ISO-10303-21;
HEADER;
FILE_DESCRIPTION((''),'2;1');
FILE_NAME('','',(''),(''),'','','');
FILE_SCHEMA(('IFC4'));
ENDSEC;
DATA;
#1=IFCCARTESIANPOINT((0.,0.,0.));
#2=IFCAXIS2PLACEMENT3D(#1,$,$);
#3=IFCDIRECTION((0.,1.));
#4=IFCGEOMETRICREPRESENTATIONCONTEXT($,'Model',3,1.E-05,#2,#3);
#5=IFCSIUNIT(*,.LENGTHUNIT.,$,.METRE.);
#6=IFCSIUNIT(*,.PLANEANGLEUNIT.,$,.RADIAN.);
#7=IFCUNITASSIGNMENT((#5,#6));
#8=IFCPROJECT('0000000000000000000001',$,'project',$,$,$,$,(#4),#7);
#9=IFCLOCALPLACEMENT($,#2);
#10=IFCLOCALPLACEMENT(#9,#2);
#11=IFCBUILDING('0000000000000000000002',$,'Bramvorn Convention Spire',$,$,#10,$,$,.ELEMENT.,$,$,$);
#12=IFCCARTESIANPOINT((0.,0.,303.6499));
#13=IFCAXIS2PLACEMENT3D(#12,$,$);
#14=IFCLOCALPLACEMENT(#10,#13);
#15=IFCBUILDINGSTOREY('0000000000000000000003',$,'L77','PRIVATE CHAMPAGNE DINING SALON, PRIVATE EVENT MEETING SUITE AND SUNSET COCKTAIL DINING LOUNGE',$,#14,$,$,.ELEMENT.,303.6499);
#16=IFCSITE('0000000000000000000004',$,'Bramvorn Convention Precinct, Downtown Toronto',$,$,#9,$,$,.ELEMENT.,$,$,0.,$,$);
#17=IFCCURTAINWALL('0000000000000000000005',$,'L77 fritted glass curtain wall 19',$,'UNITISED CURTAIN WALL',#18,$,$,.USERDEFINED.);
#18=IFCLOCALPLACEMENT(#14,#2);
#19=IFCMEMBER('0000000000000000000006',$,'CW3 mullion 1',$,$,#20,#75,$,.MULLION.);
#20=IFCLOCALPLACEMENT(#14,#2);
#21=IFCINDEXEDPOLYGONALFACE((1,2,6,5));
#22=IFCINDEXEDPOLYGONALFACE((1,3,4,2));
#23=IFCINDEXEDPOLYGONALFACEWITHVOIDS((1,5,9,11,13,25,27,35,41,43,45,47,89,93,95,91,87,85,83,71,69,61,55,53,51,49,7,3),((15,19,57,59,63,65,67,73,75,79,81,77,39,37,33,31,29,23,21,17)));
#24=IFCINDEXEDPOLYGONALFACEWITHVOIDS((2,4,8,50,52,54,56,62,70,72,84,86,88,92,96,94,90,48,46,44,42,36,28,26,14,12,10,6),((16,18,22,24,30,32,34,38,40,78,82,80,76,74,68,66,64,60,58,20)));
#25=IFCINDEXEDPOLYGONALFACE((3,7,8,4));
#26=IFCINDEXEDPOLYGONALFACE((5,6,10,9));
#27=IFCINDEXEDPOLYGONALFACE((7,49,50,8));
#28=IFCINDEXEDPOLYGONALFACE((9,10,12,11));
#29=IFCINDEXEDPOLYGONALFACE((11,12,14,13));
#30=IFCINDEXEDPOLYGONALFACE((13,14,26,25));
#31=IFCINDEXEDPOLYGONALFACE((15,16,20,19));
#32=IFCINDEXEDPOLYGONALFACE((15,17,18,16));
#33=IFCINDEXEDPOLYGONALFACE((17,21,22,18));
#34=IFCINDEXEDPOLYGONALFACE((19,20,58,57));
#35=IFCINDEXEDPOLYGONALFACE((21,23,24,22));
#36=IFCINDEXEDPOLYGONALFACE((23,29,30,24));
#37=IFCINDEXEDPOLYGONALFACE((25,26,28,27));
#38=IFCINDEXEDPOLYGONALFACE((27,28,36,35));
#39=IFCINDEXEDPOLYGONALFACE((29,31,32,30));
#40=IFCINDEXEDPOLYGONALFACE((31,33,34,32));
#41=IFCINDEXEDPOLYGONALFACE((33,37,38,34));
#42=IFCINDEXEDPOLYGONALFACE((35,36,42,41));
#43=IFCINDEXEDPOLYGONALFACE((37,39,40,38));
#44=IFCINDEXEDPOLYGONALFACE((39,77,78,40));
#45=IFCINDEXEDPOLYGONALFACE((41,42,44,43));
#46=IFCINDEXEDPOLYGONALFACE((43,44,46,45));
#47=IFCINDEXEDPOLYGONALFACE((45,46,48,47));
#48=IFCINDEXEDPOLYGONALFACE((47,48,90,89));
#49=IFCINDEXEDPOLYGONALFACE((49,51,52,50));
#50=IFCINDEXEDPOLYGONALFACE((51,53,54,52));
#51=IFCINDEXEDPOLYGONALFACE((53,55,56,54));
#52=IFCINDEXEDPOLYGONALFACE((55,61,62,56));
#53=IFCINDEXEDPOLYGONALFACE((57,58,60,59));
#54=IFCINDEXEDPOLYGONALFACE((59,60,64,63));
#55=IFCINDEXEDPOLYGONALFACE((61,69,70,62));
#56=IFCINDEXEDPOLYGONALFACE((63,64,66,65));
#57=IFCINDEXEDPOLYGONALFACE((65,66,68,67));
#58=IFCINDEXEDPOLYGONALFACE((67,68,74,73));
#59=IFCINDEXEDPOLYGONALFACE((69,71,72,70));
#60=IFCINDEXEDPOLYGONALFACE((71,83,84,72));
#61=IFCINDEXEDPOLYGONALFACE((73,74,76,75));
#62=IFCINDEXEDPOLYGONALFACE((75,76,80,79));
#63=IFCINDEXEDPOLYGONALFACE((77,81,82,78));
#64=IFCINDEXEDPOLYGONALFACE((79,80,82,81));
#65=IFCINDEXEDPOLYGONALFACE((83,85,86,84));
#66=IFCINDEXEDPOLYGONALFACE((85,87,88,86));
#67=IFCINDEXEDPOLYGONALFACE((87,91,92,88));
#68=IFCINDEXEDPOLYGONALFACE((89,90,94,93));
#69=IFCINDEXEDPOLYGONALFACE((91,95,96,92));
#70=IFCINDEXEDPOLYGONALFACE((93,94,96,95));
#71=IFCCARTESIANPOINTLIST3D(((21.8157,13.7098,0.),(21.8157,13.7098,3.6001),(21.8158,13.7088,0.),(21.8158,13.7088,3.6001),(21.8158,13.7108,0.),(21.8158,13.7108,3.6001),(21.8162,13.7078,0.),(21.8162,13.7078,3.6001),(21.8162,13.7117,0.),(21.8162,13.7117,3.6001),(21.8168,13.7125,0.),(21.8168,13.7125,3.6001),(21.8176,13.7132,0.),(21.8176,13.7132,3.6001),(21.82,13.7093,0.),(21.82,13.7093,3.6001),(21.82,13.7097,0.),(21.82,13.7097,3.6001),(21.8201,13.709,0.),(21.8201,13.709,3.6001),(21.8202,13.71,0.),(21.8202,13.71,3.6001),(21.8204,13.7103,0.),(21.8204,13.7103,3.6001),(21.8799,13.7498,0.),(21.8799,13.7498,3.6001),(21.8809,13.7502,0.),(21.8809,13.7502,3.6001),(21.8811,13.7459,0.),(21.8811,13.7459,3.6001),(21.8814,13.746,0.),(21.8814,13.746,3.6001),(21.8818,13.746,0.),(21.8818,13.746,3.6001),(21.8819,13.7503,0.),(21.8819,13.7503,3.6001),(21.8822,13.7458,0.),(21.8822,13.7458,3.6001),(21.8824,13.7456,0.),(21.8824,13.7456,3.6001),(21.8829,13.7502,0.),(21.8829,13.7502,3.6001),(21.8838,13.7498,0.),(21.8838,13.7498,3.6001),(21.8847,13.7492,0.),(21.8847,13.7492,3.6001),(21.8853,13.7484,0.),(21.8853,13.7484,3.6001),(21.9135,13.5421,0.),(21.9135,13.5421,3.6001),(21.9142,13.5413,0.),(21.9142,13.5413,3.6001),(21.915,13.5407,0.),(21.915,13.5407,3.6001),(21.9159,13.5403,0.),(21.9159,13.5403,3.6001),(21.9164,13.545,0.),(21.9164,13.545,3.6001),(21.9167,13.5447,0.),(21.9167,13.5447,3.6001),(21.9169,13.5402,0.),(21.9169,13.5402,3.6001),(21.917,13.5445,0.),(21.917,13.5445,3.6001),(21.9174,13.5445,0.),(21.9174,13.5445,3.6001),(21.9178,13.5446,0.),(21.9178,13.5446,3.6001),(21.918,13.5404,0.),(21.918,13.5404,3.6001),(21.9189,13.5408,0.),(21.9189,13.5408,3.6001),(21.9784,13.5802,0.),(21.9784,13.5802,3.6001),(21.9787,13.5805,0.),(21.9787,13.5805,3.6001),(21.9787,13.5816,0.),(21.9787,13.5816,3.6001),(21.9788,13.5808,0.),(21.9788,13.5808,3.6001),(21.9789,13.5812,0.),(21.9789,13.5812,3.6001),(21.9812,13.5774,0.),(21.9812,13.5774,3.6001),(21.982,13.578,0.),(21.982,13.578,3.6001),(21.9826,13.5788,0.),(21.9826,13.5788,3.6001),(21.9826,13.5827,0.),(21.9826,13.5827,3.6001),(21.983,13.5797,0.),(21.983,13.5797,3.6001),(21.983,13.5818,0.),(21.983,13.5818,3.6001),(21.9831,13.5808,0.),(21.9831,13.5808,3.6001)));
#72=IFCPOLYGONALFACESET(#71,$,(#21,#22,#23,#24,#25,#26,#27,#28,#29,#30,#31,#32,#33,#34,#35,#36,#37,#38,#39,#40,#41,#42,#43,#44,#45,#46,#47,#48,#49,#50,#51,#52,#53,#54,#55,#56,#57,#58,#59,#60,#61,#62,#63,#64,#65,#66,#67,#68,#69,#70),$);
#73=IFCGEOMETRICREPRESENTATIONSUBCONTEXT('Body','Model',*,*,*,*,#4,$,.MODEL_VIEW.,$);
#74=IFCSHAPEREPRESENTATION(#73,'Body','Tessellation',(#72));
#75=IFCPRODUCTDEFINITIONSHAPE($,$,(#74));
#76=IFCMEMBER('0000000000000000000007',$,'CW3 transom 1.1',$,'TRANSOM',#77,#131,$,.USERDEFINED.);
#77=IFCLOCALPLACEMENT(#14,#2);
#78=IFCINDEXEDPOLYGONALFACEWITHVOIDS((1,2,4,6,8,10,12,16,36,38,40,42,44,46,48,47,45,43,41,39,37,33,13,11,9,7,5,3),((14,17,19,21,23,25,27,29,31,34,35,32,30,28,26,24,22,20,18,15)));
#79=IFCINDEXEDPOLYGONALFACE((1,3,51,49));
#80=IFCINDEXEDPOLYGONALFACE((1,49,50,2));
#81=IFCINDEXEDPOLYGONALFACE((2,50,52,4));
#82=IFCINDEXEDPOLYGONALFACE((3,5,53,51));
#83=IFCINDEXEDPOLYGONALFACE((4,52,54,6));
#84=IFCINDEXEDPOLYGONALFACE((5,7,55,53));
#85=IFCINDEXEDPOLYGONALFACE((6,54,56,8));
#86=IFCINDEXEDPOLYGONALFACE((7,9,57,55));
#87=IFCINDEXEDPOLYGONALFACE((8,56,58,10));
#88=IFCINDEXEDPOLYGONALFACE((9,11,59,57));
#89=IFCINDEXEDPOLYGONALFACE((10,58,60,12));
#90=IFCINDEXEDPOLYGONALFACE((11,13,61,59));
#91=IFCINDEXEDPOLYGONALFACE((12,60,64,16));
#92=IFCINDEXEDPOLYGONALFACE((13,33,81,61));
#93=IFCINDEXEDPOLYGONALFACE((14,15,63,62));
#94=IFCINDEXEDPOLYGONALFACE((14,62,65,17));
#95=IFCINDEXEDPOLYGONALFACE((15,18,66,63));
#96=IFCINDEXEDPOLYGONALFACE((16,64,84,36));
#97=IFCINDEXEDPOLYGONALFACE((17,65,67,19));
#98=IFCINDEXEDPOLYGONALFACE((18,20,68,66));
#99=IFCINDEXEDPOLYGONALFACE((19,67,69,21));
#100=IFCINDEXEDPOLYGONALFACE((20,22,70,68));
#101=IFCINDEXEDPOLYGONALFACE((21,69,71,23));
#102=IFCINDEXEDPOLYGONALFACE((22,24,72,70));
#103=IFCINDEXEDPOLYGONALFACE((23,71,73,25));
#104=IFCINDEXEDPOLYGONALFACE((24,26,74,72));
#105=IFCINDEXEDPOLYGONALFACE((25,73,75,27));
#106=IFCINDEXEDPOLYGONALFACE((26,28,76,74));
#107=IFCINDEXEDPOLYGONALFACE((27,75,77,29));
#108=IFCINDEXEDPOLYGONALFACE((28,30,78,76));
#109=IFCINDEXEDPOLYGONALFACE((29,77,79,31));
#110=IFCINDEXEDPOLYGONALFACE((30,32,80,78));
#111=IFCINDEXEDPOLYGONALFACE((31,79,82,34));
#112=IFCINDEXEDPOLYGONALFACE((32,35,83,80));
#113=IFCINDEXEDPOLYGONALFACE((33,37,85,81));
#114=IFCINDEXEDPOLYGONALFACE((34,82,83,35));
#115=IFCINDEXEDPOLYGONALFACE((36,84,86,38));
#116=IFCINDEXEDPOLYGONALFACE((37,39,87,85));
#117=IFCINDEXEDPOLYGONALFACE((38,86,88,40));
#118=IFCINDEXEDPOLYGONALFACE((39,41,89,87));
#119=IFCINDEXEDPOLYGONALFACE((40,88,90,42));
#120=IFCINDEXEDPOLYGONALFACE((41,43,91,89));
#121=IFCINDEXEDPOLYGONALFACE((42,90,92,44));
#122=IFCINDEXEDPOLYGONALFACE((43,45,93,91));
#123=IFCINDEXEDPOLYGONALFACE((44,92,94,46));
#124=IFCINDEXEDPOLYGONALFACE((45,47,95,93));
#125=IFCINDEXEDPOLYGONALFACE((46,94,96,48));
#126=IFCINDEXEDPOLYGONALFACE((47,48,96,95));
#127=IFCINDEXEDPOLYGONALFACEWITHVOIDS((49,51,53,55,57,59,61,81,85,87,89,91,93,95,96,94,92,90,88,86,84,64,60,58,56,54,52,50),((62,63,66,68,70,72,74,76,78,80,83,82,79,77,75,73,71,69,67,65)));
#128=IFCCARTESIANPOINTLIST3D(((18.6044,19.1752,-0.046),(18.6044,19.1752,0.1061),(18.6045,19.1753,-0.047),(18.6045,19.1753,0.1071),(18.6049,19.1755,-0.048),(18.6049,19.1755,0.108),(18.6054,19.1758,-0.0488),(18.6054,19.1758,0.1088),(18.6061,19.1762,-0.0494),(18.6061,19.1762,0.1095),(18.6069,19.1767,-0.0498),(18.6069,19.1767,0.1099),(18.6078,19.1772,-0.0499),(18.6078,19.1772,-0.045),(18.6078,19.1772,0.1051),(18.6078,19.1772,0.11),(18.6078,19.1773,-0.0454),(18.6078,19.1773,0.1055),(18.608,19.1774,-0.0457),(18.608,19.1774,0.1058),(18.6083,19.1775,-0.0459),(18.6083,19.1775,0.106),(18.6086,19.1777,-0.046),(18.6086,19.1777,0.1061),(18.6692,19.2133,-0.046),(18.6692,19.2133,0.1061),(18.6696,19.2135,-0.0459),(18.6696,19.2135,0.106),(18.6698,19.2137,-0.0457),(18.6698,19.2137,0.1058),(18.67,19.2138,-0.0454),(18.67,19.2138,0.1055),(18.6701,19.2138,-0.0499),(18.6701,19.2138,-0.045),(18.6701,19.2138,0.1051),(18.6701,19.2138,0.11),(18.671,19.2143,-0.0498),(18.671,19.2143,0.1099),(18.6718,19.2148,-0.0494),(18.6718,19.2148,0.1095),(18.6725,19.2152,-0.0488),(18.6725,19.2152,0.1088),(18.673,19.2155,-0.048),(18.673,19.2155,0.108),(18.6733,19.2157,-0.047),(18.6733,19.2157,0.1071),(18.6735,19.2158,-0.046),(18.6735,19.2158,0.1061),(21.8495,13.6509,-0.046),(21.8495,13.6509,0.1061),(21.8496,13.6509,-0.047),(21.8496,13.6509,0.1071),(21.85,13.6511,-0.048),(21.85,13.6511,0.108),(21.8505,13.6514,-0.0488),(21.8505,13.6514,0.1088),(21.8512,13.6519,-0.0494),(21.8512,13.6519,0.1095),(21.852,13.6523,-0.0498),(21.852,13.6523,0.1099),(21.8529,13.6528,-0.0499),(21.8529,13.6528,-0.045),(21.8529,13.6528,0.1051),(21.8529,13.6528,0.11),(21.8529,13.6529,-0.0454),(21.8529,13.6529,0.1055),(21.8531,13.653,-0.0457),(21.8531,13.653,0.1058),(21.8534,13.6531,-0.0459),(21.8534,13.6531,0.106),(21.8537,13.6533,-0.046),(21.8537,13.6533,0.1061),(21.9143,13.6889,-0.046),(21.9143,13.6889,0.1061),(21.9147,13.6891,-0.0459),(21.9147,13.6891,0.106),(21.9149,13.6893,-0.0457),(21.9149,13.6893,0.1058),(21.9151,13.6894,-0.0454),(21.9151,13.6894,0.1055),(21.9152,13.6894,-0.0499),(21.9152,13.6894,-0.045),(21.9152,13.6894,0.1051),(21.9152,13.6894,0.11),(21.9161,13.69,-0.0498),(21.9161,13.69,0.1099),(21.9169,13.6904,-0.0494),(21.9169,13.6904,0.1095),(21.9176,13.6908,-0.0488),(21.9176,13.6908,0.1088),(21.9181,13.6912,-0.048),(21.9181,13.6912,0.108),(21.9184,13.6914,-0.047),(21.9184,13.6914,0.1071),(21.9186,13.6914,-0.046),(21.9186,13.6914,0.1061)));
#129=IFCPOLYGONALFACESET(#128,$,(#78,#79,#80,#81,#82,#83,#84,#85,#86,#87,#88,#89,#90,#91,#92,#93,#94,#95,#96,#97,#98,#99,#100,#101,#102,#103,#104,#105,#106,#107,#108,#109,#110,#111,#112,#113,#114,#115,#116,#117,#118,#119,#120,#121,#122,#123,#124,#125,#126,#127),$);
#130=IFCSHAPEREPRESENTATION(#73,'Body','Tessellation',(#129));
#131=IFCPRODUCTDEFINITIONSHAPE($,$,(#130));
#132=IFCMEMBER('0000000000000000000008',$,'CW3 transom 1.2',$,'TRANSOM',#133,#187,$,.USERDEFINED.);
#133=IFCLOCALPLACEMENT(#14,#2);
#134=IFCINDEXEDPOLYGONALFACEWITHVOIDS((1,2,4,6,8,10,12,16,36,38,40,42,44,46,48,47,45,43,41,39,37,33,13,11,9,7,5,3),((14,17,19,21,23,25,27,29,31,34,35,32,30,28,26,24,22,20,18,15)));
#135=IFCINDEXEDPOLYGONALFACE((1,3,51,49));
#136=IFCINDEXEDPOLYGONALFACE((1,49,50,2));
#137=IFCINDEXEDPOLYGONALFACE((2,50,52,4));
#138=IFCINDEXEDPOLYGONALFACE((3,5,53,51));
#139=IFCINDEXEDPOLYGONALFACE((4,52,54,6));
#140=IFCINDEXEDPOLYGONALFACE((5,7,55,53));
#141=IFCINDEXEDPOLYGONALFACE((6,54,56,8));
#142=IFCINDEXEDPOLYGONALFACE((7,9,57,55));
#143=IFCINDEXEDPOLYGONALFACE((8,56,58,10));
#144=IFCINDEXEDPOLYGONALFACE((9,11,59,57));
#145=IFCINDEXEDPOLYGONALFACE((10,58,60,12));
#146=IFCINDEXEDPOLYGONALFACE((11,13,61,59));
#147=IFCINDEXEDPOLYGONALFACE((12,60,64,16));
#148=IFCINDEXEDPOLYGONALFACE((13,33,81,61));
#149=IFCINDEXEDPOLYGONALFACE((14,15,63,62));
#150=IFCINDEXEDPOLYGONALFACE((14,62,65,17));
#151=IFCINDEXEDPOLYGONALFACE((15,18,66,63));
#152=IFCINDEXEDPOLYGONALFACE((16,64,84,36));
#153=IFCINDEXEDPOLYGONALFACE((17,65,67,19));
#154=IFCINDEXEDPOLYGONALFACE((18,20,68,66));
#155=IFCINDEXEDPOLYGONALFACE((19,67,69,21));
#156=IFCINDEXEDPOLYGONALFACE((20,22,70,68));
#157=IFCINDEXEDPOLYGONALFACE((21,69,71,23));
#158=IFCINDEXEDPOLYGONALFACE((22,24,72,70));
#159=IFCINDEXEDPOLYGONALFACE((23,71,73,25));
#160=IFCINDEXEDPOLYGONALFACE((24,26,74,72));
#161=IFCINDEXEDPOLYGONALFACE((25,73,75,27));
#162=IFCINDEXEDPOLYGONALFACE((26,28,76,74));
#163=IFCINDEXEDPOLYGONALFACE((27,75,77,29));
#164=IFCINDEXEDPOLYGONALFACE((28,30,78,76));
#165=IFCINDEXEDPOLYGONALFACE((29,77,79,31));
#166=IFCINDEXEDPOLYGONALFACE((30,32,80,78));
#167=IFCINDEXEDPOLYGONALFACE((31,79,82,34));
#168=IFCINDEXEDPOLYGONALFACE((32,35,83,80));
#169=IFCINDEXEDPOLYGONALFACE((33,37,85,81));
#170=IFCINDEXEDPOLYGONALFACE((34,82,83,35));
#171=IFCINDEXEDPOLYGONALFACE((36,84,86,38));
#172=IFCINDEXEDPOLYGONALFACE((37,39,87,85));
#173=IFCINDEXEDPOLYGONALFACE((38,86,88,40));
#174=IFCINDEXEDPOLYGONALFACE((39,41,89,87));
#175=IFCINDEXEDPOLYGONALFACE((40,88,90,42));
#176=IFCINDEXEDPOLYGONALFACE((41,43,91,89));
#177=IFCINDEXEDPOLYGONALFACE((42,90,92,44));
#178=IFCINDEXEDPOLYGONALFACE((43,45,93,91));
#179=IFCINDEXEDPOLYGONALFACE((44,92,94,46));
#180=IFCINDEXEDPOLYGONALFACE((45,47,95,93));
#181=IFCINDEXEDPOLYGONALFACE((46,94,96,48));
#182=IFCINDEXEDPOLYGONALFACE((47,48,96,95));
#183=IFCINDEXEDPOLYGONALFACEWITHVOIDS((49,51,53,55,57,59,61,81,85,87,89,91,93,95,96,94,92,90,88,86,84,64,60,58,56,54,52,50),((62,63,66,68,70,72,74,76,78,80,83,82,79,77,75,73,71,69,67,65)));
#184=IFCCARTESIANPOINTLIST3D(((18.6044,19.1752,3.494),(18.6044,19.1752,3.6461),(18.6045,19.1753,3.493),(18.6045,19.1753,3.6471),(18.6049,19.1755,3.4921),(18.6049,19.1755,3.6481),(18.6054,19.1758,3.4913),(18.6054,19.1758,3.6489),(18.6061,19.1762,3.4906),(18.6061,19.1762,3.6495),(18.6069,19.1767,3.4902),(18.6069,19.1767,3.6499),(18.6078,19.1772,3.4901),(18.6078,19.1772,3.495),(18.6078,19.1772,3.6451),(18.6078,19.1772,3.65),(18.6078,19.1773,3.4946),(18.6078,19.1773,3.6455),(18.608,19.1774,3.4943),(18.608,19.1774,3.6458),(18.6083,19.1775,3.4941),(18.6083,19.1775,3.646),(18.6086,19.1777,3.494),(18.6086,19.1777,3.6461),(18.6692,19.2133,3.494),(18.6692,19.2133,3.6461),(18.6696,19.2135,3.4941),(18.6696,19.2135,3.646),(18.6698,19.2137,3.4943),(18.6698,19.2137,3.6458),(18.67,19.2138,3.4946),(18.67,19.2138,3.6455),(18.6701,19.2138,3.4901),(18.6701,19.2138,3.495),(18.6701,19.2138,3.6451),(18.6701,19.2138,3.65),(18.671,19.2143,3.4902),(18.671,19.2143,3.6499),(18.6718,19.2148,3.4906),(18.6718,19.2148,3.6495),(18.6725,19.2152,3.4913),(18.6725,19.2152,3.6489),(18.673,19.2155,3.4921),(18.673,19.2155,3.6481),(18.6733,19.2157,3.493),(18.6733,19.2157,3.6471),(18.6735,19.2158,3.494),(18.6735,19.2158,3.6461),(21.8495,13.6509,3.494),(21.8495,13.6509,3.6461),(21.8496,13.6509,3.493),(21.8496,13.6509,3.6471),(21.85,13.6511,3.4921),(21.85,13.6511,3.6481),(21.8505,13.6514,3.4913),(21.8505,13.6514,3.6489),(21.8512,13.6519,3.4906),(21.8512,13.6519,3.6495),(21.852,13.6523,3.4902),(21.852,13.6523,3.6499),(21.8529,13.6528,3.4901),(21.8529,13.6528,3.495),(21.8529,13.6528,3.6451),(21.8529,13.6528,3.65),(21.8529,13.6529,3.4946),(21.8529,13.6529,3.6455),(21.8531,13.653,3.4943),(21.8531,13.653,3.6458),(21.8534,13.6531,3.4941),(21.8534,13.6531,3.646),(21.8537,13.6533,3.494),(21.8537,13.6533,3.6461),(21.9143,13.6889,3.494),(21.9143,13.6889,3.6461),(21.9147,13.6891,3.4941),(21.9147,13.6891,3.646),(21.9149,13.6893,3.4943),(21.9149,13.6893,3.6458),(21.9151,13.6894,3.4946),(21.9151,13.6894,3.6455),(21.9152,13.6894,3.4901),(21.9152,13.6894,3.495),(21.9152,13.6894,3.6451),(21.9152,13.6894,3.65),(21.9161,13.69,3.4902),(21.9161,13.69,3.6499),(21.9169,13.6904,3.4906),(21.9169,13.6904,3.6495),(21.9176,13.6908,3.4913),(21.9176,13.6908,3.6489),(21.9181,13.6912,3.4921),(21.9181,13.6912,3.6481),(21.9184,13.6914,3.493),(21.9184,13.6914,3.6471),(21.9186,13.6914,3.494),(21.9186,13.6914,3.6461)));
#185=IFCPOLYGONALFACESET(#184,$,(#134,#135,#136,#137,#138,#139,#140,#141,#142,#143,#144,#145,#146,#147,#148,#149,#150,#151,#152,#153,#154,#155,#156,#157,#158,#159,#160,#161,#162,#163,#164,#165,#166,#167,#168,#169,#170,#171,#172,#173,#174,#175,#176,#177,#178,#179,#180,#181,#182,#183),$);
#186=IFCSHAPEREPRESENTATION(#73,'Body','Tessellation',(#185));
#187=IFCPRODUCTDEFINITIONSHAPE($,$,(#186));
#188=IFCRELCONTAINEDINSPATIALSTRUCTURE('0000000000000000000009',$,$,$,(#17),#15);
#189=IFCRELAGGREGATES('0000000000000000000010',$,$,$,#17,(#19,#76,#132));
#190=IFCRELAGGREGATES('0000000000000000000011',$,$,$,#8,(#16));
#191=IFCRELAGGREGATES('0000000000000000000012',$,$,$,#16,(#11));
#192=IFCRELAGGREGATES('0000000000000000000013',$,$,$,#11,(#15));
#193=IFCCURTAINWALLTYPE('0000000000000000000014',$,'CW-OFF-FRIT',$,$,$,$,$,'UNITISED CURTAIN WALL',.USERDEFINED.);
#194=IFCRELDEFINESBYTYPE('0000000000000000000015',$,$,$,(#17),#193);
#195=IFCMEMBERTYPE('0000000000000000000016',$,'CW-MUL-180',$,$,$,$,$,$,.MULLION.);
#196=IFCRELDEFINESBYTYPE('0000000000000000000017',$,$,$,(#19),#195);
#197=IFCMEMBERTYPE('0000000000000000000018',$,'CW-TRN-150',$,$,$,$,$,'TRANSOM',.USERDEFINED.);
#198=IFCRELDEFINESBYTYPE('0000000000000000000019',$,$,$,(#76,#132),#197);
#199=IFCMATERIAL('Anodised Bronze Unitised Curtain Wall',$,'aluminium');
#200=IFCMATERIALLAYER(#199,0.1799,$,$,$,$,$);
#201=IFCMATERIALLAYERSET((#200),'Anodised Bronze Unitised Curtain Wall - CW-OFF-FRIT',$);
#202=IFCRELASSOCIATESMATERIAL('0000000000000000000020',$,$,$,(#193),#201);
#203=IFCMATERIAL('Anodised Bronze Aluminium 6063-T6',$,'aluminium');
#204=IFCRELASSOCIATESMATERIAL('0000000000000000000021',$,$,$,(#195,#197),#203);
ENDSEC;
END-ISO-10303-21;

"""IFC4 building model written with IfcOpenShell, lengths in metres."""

from ifc_helpers import new_model, si_unit, direction, frame, origin, origin_2d, place, context, subcontext, project, spatial, hollow_rectangle, extrude, material, layer, layer_set, material_profile, profile_set, type_object, element, aggregate, save


model = new_model("IFC4")

# Units and contexts
model_context = context("Model", 3, precision=1e-05, world=origin(), true_north=direction((0.0, 1.0)))
body_context = subcontext(model_context, "Body", "Model", "MODEL_VIEW")
ifc_project = project(units=[si_unit("LENGTHUNIT", "METRE"), si_unit("PLANEANGLEUNIT", "RADIAN")], contexts=[model_context])

# Site, building, storey
site_placement = place(None, origin())
site = spatial("IfcSite", under=ifc_project, at=site_placement, Name="Bramvorn Convention Precinct, Downtown Toronto", CompositionType="ELEMENT", RefElevation=0.0)
building_placement = place(site_placement, origin())
building = spatial("IfcBuilding", under=site, at=building_placement, Name="Bramvorn Convention Spire", CompositionType="ELEMENT")
storey_placement = place(building_placement, frame((0.0, 0.0, 303.6499)))
storey = spatial("IfcBuildingStorey", under=building, at=storey_placement, Name="L77", Description="PRIVATE CHAMPAGNE DINING SALON, PRIVATE EVENT MEETING SUITE AND SUNSET COCKTAIL DINING LOUNGE", CompositionType="ELEMENT", Elevation=303.6499)

# Curtain wall, members
ifc_material_1 = material(Name="Anodised Bronze Unitised Curtain Wall", Category="aluminium")
ifc_layer_1 = layer(ifc_material_1, 0.1799)
ifc_layer_set_1 = layer_set([ifc_layer_1], Name="Anodised Bronze Unitised Curtain Wall - CW-OFF-FRIT")
curtain_wall_type = type_object("IfcCurtainWallType", Name="CW-OFF-FRIT", ElementType="UNITISED CURTAIN WALL", PredefinedType="USERDEFINED", material=ifc_layer_set_1)
curtain_wall_placement = place(storey_placement, origin())
curtain_wall = element("IfcCurtainWall", 1, at=curtain_wall_placement, inside=storey, type_object=curtain_wall_type, Name="L77 fritted glass curtain wall 19", ObjectType="UNITISED CURTAIN WALL", PredefinedType="USERDEFINED")
ifc_material_2 = material(Name="Anodised Bronze Aluminium 6063-T6", Category="aluminium")
ifc_material_profile_1 = material_profile(ifc_material_2, hollow_rectangle(XDim=0.0801, YDim=0.2, WallThickness=0.0039, InnerFilletRadius=0.001, OuterFilletRadius=0.0039, at=origin_2d()))
ifc_profile_set_1 = profile_set([ifc_material_profile_1], Name="Anodised Bronze Aluminium 6063-T6 - CWM80X200")
member_type_1 = type_object("IfcMemberType", Name="CW-MUL-180", PredefinedType="MULLION", material=ifc_profile_set_1)
member_1_placement = place(storey_placement, frame((21.8994, 13.6453, 0.0), z_axis=(0.0, 0.0, 1.0), x_axis=(-0.86224, -0.5065, 0.0)))
member_1 = element("IfcMember", 2, at=member_1_placement, type_object=member_type_1, Name="CW3 mullion 1", PredefinedType="MULLION", context=body_context, shape_type="SweptSolid", body=[
    extrude(hollow_rectangle(XDim=0.0801, YDim=0.2, WallThickness=0.0039, InnerFilletRadius=0.001, OuterFilletRadius=0.0039, at=origin_2d()), origin(), (0.0, 0.0, 1.0), 3.6001),
])
ifc_material_profile_2 = material_profile(ifc_material_2, hollow_rectangle(XDim=0.0801, YDim=0.1599, WallThickness=0.0039, InnerFilletRadius=0.001, OuterFilletRadius=0.0039, at=origin_2d()))
ifc_profile_set_2 = profile_set([ifc_material_profile_2], Name="Anodised Bronze Aluminium 6063-T6 - CWT80X160")
member_type_2 = type_object("IfcMemberType", Name="CW-TRN-150", ElementType="TRANSOM", PredefinedType="USERDEFINED", material=ifc_profile_set_2)
member_2_placement = place(storey_placement, frame((21.884, 13.6711, 0.03), z_axis=(-0.506494, 0.862244, 0.0), x_axis=(-0.862244, -0.506494, 0.0)))
member_2 = element("IfcMember", 3, at=member_2_placement, type_object=member_type_2, Name="CW3 transom 1.1", ObjectType="TRANSOM", PredefinedType="USERDEFINED", context=body_context, shape_type="SweptSolid", body=[
    extrude(hollow_rectangle(XDim=0.0801, YDim=0.1599, WallThickness=0.0039, InnerFilletRadius=0.001, OuterFilletRadius=0.0039, at=origin_2d()), origin(), (0.0, 0.0, 1.0), 6.407),
])
member_3_placement = place(storey_placement, frame((21.884, 13.6711, 3.5701), z_axis=(-0.506494, 0.862244, 0.0), x_axis=(-0.862244, -0.506494, 0.0)))
member_3 = element("IfcMember", 4, at=member_3_placement, type_object=member_type_2, Name="CW3 transom 1.2", ObjectType="TRANSOM", PredefinedType="USERDEFINED", context=body_context, shape_type="SweptSolid", body=[
    extrude(hollow_rectangle(XDim=0.0801, YDim=0.1599, WallThickness=0.0039, InnerFilletRadius=0.001, OuterFilletRadius=0.0039, at=origin_2d()), origin(), (0.0, 0.0, 1.0), 6.407),
])
aggregate(curtain_wall, [member_1, member_2, member_3])

save(model, "model.ifc")
